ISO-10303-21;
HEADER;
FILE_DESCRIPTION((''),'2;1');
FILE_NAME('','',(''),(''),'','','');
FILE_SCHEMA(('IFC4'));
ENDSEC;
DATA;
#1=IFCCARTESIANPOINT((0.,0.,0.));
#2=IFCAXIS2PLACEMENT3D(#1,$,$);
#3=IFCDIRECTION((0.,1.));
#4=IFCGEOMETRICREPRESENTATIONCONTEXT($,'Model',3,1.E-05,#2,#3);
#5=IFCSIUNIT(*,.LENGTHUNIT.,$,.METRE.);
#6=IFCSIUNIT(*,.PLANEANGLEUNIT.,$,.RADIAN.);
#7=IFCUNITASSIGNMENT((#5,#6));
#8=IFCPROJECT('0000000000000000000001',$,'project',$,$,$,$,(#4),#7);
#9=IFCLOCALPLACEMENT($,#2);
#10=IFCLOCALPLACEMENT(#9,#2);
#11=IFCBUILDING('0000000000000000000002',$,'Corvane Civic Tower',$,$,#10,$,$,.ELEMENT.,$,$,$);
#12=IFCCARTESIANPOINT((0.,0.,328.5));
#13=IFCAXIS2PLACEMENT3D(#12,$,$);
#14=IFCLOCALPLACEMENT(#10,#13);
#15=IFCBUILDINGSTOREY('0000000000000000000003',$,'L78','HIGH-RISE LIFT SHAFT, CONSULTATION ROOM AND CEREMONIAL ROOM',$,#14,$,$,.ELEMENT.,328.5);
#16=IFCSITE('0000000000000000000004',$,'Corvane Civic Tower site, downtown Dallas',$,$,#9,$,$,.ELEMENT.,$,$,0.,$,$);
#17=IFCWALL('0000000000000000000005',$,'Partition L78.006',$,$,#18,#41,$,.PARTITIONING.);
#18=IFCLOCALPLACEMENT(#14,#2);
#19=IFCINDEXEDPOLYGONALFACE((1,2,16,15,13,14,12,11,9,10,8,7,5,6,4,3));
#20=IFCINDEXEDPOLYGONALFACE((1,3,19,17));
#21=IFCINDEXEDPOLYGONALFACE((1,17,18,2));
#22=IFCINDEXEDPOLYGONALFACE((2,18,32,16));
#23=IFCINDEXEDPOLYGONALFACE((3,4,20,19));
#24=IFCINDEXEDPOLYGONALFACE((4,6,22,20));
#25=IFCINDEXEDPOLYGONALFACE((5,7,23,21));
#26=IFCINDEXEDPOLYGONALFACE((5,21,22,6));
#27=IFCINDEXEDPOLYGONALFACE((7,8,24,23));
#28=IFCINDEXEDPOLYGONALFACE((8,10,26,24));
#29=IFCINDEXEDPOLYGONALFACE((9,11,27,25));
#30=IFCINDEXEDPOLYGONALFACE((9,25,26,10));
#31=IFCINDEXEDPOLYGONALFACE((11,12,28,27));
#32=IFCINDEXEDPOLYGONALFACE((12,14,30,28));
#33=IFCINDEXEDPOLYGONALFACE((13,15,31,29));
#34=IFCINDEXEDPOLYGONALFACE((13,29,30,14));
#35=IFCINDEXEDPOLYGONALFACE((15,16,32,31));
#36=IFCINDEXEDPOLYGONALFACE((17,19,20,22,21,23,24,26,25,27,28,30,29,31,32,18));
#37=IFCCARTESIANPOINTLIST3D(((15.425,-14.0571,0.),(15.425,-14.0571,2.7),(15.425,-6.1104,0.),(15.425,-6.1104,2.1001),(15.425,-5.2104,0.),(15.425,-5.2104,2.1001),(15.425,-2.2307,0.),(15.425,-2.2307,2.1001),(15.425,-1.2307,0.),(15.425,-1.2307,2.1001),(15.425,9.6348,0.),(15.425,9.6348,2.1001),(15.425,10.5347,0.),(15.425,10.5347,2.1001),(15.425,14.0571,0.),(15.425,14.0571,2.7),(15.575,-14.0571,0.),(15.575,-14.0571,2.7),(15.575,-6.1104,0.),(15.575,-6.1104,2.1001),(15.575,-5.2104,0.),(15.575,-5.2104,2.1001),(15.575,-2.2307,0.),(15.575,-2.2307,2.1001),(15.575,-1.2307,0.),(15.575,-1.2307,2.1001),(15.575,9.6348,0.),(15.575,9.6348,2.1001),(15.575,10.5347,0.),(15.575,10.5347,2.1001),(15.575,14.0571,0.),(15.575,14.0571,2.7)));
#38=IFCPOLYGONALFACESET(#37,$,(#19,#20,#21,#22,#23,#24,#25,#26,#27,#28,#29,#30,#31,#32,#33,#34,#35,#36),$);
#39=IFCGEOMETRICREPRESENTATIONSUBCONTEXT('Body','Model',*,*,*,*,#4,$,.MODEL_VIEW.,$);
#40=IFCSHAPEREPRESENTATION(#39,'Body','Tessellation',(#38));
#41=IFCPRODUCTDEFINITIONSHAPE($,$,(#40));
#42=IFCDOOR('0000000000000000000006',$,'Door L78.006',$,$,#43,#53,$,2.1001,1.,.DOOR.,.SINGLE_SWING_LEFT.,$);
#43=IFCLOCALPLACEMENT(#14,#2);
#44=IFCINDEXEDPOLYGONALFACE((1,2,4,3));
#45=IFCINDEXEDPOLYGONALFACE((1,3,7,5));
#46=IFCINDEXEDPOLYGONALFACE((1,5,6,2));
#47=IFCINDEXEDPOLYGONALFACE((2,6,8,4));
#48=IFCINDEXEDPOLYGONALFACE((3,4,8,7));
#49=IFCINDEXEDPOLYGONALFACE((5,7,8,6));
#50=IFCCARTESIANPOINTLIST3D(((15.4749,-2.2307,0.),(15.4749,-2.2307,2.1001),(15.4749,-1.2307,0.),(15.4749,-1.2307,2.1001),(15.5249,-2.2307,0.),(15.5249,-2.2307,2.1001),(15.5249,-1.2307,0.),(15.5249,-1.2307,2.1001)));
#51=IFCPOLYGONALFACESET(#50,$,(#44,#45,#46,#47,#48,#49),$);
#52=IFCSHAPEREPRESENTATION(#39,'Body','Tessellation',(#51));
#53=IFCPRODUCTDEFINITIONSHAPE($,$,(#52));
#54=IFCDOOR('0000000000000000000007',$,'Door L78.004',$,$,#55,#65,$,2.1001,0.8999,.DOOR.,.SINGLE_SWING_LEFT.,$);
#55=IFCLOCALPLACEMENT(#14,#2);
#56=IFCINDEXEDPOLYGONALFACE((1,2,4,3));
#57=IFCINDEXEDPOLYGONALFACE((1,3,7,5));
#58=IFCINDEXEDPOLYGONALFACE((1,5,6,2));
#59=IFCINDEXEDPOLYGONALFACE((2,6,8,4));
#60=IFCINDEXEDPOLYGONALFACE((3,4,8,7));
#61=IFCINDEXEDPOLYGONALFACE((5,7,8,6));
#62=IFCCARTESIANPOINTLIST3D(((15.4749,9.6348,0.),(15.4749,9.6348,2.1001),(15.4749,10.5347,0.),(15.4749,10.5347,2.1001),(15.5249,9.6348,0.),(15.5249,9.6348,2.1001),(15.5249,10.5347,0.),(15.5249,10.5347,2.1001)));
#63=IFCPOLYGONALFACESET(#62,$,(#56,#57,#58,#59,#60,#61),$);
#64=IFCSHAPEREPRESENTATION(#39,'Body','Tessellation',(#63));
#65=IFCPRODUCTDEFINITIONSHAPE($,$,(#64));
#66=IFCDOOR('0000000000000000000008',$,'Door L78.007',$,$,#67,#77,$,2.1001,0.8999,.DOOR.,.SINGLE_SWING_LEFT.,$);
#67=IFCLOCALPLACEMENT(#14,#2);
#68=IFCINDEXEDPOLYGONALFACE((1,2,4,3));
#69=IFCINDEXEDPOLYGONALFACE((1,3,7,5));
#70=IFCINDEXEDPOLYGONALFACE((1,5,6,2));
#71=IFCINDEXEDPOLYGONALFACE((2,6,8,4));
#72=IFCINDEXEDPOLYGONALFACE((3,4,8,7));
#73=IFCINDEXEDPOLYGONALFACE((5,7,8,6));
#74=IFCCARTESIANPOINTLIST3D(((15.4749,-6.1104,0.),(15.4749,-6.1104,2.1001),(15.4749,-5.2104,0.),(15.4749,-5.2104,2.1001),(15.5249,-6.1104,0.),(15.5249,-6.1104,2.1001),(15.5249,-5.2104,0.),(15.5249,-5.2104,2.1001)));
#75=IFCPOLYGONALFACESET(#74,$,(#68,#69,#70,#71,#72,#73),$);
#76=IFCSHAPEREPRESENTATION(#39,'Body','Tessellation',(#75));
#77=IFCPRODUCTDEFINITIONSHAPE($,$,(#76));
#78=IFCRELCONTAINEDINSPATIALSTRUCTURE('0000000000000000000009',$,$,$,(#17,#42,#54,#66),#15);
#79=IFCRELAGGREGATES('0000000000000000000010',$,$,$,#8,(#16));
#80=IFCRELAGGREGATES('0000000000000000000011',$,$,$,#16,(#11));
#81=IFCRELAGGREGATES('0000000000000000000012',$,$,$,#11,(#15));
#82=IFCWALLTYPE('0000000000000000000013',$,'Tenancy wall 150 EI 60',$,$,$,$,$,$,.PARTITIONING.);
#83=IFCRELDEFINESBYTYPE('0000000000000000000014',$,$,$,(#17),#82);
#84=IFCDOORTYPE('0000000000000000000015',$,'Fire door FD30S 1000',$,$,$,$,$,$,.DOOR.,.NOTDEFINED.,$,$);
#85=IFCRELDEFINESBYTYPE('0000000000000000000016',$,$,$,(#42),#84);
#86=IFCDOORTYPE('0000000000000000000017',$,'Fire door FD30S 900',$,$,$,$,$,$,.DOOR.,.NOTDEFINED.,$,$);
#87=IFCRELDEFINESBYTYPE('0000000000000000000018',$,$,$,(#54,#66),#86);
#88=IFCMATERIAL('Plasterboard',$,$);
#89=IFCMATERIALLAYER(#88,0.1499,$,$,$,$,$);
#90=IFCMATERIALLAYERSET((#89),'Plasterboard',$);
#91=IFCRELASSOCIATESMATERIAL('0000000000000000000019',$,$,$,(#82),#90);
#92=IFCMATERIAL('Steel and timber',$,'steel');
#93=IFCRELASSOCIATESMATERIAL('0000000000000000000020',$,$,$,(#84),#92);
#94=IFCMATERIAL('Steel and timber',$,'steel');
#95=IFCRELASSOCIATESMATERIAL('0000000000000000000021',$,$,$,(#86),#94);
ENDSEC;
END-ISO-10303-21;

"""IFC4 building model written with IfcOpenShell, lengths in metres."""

from ifc_helpers import new_model, si_unit, direction, frame, frame_2d, origin, place, context, subcontext, project, spatial, rectangle, extrude, material, layer, layer_set, type_object, element, fill, save


model = new_model("IFC4")

# Units and contexts
model_context = context("Model", 3, precision=1e-05, world=origin(), true_north=direction((0.0, 1.0)))
body_context = subcontext(model_context, "Body", "Model", "MODEL_VIEW")
ifc_project = project(units=[si_unit("LENGTHUNIT", "METRE"), si_unit("PLANEANGLEUNIT", "RADIAN")], contexts=[model_context])

# Site, building, storey
site_placement = place(None, origin())
site = spatial("IfcSite", under=ifc_project, at=site_placement, Name="Corvane Civic Tower site, downtown Dallas", CompositionType="ELEMENT", RefElevation=0.0)
building_placement = place(site_placement, origin())
building = spatial("IfcBuilding", under=site, at=building_placement, Name="Corvane Civic Tower", CompositionType="ELEMENT")
storey_placement = place(building_placement, frame((0.0, 0.0, 328.5)))
storey = spatial("IfcBuildingStorey", under=building, at=storey_placement, Name="L78", Description="HIGH-RISE LIFT SHAFT, CONSULTATION ROOM AND CEREMONIAL ROOM", CompositionType="ELEMENT", Elevation=328.5)

# Wall, openings, doors
ifc_material_1 = material(Name="Plasterboard")
ifc_layer_1 = layer(ifc_material_1, 0.1499)
ifc_layer_set_1 = layer_set([ifc_layer_1], Name="Plasterboard")
wall_type_1 = type_object("IfcWallType", Name="Tenancy wall 150 EI 60", PredefinedType="PARTITIONING", material=ifc_layer_set_1)
wall_1_placement = place(storey_placement, frame((15.5, -14.0571, 0.0), z_axis=(0.0, 0.0, 1.0), x_axis=(0.0, 1.0, 0.0)))
wall_1 = element("IfcWall", 1, at=wall_1_placement, inside=storey, type_object=wall_type_1, Name="Partition L78.006", PredefinedType="PARTITIONING", context=body_context, shape_type="SweptSolid", body=[
    extrude(rectangle(XDim=28.1143, YDim=0.1499, at=frame_2d((14.0571, 0.0))), origin(), (0.0, 0.0, 1.0), 2.7),
])
opening_1_placement = place(wall_1_placement, frame((23.6919, 0.0, 0.0)))
opening_1 = element("IfcOpeningElement", 2, at=opening_1_placement, cuts=wall_1, PredefinedType="OPENING", context=body_context, shape_type="SweptSolid", body=[
    extrude(rectangle(XDim=0.8999, YDim=2.1001, at=frame_2d((0.45, 1.05))), frame((0.0, 0.085, 0.0), z_axis=(0.0, -1.0, 0.0), x_axis=(1.0, 0.0, 0.0)), (0.0, 0.0, 1.0), 0.1699),
])
opening_2_placement = place(wall_1_placement, frame((11.8264, 0.0, 0.0)))
opening_2 = element("IfcOpeningElement", 3, at=opening_2_placement, cuts=wall_1, PredefinedType="OPENING", context=body_context, shape_type="SweptSolid", body=[
    extrude(rectangle(XDim=1.0, YDim=2.1001, at=frame_2d((0.5, 1.05))), frame((0.0, 0.085, 0.0), z_axis=(0.0, -1.0, 0.0), x_axis=(1.0, 0.0, 0.0)), (0.0, 0.0, 1.0), 0.1699),
])
opening_3_placement = place(wall_1_placement, frame((7.9468, 0.0, 0.0)))
opening_3 = element("IfcOpeningElement", 4, at=opening_3_placement, cuts=wall_1, PredefinedType="OPENING", context=body_context, shape_type="SweptSolid", body=[
    extrude(rectangle(XDim=0.8999, YDim=2.1001, at=frame_2d((0.45, 1.05))), frame((0.0, 0.085, 0.0), z_axis=(0.0, -1.0, 0.0), x_axis=(1.0, 0.0, 0.0)), (0.0, 0.0, 1.0), 0.1699),
])
ifc_material_2 = material(Name="Steel and timber", Category="steel")
door_type_1 = type_object("IfcDoorType", Name="Fire door FD30S 1000", OperationType="NOTDEFINED", PredefinedType="DOOR", material=ifc_material_2)
door_1_placement = place(opening_2_placement, frame((1.0, 0.0, 0.0), z_axis=(0.0, 0.0, 1.0), x_axis=(-1.0, 0.0, 0.0)))
door_1 = element("IfcDoor", 5, at=door_1_placement, inside=storey, type_object=door_type_1, Name="Door L78.006", OperationType="SINGLE_SWING_LEFT", OverallHeight=2.1001, OverallWidth=1.0, PredefinedType="DOOR", context=body_context, shape_type="SweptSolid", body=[
    extrude(rectangle(XDim=1.0, YDim=2.1001, at=frame_2d((0.5, 1.05))), frame((0.0, 0.0249, 0.0), z_axis=(0.0, -1.0, 0.0), x_axis=(1.0, 0.0, 0.0)), (0.0, 0.0, 1.0), 0.05),
])
fill(opening_2, door_1)
ifc_material_3 = material(Name="Steel and timber", Category="steel")
door_type_2 = type_object("IfcDoorType", Name="Fire door FD30S 900", OperationType="NOTDEFINED", PredefinedType="DOOR", material=ifc_material_3)
door_2_placement = place(opening_1_placement, frame((0.8999, 0.0, 0.0), z_axis=(0.0, 0.0, 1.0), x_axis=(-1.0, 0.0, 0.0)))
door_2 = element("IfcDoor", 6, at=door_2_placement, inside=storey, type_object=door_type_2, Name="Door L78.004", OperationType="SINGLE_SWING_LEFT", OverallHeight=2.1001, OverallWidth=0.8999, PredefinedType="DOOR", context=body_context, shape_type="SweptSolid", body=[
    extrude(rectangle(XDim=0.8999, YDim=2.1001, at=frame_2d((0.45, 1.05))), frame((0.0, 0.0249, 0.0), z_axis=(0.0, -1.0, 0.0), x_axis=(1.0, 0.0, 0.0)), (0.0, 0.0, 1.0), 0.05),
])
fill(opening_1, door_2)
door_3_placement = place(opening_3_placement, frame((0.8999, 0.0, 0.0), z_axis=(0.0, 0.0, 1.0), x_axis=(-1.0, 0.0, 0.0)))
door_3 = element("IfcDoor", 7, at=door_3_placement, inside=storey, type_object=door_type_2, Name="Door L78.007", OperationType="SINGLE_SWING_LEFT", OverallHeight=2.1001, OverallWidth=0.8999, PredefinedType="DOOR", context=body_context, shape_type="SweptSolid", body=[
    extrude(rectangle(XDim=0.8999, YDim=2.1001, at=frame_2d((0.45, 1.05))), frame((0.0, 0.0249, 0.0), z_axis=(0.0, -1.0, 0.0), x_axis=(1.0, 0.0, 0.0)), (0.0, 0.0, 1.0), 0.05),
])
fill(opening_3, door_3)

save(model, "model.ifc")
